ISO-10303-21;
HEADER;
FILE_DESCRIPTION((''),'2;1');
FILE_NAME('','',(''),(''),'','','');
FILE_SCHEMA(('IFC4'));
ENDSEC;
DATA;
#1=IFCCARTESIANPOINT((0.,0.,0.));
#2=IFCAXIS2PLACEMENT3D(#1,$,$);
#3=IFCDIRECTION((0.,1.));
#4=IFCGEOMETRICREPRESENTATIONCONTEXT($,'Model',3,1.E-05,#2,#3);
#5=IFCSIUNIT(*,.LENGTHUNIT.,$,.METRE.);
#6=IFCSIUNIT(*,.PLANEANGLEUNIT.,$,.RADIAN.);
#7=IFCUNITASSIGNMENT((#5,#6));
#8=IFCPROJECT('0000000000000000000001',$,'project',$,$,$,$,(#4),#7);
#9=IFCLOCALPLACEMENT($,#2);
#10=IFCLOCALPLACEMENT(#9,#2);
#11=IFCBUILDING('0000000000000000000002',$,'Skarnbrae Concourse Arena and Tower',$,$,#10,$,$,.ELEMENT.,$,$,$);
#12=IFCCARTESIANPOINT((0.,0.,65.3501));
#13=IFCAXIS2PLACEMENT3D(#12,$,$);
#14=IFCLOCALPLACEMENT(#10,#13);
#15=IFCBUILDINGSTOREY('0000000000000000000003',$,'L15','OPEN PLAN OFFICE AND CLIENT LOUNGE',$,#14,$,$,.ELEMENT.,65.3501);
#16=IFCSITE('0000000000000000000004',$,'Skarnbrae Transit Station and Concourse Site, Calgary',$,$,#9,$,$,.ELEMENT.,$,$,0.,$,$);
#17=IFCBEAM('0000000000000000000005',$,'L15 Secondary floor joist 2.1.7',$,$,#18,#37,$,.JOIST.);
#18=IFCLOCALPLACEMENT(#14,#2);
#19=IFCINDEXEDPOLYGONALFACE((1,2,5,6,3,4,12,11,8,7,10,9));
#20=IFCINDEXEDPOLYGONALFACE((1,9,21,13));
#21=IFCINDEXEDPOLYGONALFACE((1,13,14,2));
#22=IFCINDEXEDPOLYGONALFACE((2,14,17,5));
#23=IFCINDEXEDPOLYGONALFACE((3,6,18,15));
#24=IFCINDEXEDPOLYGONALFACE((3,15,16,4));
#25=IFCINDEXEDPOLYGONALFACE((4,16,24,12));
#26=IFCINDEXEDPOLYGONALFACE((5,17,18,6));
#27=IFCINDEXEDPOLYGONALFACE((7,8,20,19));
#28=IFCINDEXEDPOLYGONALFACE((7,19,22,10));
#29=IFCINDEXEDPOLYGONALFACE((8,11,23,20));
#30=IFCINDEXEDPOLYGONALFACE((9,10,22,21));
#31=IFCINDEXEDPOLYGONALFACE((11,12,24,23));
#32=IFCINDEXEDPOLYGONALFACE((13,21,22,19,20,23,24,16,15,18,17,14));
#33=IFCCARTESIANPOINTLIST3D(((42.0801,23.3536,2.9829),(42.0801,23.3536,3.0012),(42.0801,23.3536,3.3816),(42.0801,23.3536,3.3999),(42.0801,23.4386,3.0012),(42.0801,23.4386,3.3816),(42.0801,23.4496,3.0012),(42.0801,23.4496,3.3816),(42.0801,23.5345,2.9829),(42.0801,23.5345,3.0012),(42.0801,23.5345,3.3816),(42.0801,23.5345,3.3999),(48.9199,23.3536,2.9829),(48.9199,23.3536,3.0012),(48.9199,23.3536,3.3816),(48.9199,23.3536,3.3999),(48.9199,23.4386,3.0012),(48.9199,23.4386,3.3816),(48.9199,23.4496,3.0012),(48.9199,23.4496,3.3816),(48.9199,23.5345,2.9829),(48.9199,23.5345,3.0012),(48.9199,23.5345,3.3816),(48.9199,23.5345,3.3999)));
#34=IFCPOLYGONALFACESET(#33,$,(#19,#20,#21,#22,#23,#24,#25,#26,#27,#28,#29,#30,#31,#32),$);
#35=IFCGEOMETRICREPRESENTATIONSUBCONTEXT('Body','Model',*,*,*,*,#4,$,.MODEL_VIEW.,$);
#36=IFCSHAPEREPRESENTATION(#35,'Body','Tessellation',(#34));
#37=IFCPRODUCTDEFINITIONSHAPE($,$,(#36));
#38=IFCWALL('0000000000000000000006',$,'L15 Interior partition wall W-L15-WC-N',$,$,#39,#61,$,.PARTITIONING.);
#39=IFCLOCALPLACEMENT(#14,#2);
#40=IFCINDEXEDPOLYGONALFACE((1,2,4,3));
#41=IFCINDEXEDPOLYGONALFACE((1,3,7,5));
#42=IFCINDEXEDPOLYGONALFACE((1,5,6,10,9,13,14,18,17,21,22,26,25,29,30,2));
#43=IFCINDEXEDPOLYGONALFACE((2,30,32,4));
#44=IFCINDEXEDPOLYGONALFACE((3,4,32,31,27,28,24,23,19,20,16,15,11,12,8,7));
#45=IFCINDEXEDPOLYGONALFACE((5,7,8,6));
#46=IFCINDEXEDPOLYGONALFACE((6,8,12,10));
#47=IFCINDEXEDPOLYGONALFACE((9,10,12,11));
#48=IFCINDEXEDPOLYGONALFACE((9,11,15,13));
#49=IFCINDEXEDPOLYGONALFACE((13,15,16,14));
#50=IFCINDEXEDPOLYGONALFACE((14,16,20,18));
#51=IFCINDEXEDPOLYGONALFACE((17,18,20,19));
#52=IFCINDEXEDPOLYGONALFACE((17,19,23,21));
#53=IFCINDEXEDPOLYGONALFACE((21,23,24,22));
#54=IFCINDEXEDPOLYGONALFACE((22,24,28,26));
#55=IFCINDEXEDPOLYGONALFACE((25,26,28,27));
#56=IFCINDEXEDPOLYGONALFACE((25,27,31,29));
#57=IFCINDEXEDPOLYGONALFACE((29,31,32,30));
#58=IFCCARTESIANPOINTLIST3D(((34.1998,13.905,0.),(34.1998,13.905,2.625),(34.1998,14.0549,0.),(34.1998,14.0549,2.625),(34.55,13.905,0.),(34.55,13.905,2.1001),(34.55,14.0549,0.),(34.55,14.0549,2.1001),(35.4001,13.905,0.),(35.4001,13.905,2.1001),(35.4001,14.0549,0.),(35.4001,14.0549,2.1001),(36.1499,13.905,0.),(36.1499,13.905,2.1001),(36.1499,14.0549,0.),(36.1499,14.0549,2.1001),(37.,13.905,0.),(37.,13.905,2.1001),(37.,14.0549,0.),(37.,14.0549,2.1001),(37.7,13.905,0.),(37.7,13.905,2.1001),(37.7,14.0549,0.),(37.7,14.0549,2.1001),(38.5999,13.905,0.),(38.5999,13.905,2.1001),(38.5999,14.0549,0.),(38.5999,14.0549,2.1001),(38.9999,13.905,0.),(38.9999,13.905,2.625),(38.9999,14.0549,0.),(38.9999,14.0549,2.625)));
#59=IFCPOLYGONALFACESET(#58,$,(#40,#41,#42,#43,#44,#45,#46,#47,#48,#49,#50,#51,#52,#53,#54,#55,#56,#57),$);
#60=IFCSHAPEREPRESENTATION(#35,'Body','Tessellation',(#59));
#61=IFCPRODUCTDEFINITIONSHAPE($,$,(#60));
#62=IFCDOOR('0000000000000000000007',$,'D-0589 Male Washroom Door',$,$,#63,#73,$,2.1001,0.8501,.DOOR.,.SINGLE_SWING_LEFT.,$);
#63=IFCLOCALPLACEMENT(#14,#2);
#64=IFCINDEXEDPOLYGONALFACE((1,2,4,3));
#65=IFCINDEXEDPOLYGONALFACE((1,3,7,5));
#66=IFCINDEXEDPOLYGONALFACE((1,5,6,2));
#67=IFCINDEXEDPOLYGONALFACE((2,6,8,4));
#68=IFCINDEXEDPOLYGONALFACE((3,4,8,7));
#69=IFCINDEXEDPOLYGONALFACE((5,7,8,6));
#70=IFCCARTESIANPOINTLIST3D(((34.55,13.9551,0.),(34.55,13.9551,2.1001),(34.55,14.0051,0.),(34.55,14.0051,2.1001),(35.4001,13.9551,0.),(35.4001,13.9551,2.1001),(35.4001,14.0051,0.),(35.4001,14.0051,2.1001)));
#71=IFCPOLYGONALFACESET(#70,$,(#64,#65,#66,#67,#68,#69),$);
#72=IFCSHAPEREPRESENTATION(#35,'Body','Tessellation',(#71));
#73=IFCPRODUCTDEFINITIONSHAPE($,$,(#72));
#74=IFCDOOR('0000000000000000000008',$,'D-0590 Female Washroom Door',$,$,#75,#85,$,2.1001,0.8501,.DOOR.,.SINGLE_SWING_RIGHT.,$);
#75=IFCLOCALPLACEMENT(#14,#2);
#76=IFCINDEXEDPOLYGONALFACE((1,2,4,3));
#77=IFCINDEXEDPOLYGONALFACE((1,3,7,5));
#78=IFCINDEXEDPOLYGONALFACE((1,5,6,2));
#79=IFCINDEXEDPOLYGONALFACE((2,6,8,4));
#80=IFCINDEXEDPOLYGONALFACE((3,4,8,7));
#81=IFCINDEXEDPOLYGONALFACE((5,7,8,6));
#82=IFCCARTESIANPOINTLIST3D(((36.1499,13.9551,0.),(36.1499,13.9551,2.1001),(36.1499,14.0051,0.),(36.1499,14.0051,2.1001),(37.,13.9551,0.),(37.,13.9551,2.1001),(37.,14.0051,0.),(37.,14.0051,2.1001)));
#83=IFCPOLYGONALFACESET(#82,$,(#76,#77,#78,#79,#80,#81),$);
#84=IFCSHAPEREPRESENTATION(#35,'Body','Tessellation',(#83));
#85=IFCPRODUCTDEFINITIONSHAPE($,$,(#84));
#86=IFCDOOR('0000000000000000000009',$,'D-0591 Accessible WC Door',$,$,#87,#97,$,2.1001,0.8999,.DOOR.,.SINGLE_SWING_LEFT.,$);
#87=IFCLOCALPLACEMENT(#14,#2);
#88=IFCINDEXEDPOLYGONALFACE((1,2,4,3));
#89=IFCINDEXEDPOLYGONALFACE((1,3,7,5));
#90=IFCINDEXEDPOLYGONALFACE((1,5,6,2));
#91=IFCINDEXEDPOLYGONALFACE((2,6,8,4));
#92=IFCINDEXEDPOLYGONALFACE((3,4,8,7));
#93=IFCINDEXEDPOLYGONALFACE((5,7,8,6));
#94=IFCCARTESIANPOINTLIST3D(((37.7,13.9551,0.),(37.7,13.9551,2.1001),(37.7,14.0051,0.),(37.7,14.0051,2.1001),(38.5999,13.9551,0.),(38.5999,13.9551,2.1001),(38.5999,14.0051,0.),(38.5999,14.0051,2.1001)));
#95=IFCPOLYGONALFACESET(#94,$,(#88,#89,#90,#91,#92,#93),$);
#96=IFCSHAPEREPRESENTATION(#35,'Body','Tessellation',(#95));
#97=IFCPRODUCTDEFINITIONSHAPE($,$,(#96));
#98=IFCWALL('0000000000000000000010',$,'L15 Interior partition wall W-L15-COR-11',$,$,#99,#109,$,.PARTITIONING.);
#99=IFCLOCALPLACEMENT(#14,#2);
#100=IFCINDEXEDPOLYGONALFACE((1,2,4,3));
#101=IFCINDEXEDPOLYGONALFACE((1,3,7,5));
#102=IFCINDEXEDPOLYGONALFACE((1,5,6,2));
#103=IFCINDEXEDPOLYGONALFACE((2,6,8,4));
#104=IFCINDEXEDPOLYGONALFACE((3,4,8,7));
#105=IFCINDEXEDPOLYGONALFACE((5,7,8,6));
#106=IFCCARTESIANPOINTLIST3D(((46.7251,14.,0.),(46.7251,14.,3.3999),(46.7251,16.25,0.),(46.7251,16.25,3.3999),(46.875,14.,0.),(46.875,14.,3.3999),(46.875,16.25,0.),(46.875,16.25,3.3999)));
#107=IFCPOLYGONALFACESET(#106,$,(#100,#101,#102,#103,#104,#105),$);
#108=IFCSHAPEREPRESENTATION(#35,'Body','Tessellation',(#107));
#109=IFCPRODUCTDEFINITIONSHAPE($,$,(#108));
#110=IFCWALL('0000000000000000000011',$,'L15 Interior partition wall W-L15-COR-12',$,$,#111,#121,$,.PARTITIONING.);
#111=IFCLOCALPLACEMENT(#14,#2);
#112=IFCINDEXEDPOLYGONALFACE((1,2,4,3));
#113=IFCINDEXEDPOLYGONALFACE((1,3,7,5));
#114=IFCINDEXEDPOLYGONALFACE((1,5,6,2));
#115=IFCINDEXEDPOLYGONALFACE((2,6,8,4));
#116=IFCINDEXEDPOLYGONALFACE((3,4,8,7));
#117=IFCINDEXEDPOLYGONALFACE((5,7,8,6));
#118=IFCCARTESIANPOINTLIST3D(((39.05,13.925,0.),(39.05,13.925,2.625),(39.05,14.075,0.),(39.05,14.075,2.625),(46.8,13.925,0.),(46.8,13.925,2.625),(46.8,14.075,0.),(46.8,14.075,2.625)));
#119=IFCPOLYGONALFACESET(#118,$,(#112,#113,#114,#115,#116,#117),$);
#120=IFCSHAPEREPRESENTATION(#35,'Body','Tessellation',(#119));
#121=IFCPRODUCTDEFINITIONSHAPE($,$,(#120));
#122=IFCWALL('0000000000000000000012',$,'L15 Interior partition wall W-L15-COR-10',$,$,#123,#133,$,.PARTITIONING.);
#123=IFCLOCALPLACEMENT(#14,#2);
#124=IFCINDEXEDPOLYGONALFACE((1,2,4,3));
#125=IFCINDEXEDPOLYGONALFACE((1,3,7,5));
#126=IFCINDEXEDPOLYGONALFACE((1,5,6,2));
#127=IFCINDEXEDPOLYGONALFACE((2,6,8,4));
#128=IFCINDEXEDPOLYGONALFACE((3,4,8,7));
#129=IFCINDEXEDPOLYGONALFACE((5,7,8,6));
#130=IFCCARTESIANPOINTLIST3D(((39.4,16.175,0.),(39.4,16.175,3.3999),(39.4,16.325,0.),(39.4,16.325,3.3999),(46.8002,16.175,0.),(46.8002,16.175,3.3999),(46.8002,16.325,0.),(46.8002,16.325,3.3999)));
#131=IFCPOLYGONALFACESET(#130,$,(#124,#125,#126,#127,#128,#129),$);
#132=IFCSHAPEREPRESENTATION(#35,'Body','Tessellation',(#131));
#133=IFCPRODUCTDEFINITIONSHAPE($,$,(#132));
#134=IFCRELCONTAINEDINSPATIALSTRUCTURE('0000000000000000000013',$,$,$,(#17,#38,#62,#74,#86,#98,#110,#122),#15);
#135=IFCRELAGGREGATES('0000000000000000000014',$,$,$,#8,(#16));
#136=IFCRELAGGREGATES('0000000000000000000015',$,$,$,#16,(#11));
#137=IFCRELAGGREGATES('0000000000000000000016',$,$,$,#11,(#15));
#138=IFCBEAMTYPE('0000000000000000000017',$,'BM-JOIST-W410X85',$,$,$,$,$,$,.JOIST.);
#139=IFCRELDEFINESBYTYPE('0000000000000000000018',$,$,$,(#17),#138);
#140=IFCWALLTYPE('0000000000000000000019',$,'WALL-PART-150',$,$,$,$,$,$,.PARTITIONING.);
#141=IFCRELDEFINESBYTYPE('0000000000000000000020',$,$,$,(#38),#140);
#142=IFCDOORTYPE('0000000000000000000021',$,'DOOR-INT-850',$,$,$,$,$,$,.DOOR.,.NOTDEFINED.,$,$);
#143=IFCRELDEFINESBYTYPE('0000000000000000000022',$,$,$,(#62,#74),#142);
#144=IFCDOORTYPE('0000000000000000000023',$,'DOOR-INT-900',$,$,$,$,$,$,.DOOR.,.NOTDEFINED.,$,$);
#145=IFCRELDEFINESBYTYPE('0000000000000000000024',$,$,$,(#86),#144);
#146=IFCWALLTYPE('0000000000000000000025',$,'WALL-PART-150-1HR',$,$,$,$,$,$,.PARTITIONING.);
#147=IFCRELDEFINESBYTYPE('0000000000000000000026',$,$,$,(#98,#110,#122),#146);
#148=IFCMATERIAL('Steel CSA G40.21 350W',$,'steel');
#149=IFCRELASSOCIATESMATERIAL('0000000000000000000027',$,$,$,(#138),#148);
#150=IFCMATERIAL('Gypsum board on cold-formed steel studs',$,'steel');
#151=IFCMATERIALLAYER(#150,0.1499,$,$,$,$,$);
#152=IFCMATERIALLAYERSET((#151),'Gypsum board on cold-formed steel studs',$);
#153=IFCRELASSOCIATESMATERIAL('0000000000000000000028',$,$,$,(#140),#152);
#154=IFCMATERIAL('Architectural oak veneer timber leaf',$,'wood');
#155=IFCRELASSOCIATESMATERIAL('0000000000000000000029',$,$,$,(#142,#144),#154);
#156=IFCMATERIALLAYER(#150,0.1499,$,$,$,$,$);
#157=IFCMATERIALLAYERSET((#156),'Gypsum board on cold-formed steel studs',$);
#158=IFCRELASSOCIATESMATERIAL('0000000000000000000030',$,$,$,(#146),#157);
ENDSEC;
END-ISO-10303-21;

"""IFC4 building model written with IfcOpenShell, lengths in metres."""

from ifc_helpers import new_model, si_unit, direction, frame, frame_2d, origin, origin_2d, place, context, subcontext, project, spatial, rectangle, i_section, extrude, source, transform, mapped, material, layer, layer_set, material_profile, profile_set, type_object, element, fill, save


model = new_model("IFC4")

# Units and contexts
model_context = context("Model", 3, precision=1e-05, world=origin(), true_north=direction((0.0, 1.0)))
body_context = subcontext(model_context, "Body", "Model", "MODEL_VIEW")
ifc_project = project(units=[si_unit("LENGTHUNIT", "METRE"), si_unit("PLANEANGLEUNIT", "RADIAN")], contexts=[model_context])

# Site, building, storey
site_placement = place(None, origin())
site = spatial("IfcSite", under=ifc_project, at=site_placement, Name="Skarnbrae Transit Station and Concourse Site, Calgary", CompositionType="ELEMENT", RefElevation=0.0)
building_placement = place(site_placement, origin())
building = spatial("IfcBuilding", under=site, at=building_placement, Name="Skarnbrae Concourse Arena and Tower", CompositionType="ELEMENT")
storey_placement = place(building_placement, frame((0.0, 0.0, 65.3501)))
storey = spatial("IfcBuildingStorey", under=building, at=storey_placement, Name="L15", Description="OPEN PLAN OFFICE AND CLIENT LOUNGE", CompositionType="ELEMENT", Elevation=65.3501)

# Shared definitions
ifc_material_1 = material(Name="Steel CSA G40.21 350W", Category="steel")

# Beam
ifc_material_profile_1 = material_profile(ifc_material_1, i_section(OverallWidth=0.1809, OverallDepth=0.417, WebThickness=0.011, FlangeThickness=0.0183, at=origin_2d()), Name="W410X85")
ifc_profile_set_1 = profile_set([ifc_material_profile_1], Name="Steel CSA G40.21 350W")
beam_type_1 = type_object("IfcBeamType", Name="BM-JOIST-W410X85", PredefinedType="JOIST", material=ifc_profile_set_1)
shared_shape_1 = source(origin(), body_context, "Body", "SweptSolid", [
    extrude(i_section(OverallWidth=0.1809, OverallDepth=0.417, WebThickness=0.011, FlangeThickness=0.0183, at=origin_2d()), origin(), (0.0, 0.0, 1.0), 6.8398),
])
for number, where, z_axis, x_axis, name in (
    (1, (42.0801, 23.4441, 3.1914), (1.0, 0.0, 0.0), (0.0, 1.0, 0.0), "L15 Secondary floor joist 2.1.7"),
):
    element("IfcBeam", number, at=place(storey_placement, frame(where, z_axis=z_axis, x_axis=x_axis)), inside=storey, type_object=beam_type_1, Name=name, PredefinedType="JOIST", context=body_context, shape_type="MappedRepresentation", body=[
        mapped(shared_shape_1, transform((0.0, 0.0, 0.0))),
    ])

# Wall, openings, doors
ifc_material_2 = material(Name="Gypsum board on cold-formed steel studs", Category="steel")
ifc_layer_1 = layer(ifc_material_2, 0.1499)
ifc_layer_set_1 = layer_set([ifc_layer_1], Name="Gypsum board on cold-formed steel studs")
wall_type_1 = type_object("IfcWallType", Name="WALL-PART-150", PredefinedType="PARTITIONING", material=ifc_layer_set_1)
shared_shape_2 = source(origin(), body_context, "Body", "SweptSolid", [
    extrude(rectangle(XDim=4.8, YDim=0.1499, at=frame_2d((2.3999, 0.0))), origin(), (0.0, 0.0, 1.0), 2.625),
])
wall_1_placement = place(storey_placement, frame((34.2, 13.98, 0.0), z_axis=(0.0, 0.0, 1.0), x_axis=(1.0, 0.0, 0.0)))
wall_1 = element("IfcWall", 2, at=wall_1_placement, inside=storey, type_object=wall_type_1, Name="L15 Interior partition wall W-L15-WC-N", PredefinedType="PARTITIONING", context=body_context, shape_type="MappedRepresentation", body=[
    mapped(shared_shape_2, transform((0.0, 0.0, 0.0))),
])
opening_1_placement = place(wall_1_placement, frame((0.3501, 0.0, 0.0)))
opening_1 = element("IfcOpeningElement", 3, at=opening_1_placement, cuts=wall_1, PredefinedType="OPENING", context=body_context, shape_type="SweptSolid", body=[
    extrude(rectangle(XDim=0.8501, YDim=2.1001, at=frame_2d((0.425, 1.05))), frame((0.0, 0.085, 0.0), z_axis=(0.0, -1.0, 0.0), x_axis=(1.0, 0.0, 0.0)), (0.0, 0.0, 1.0), 0.1699),
])
opening_2_placement = place(wall_1_placement, frame((1.95, 0.0, 0.0)))
opening_2 = element("IfcOpeningElement", 4, at=opening_2_placement, cuts=wall_1, PredefinedType="OPENING", context=body_context, shape_type="SweptSolid", body=[
    extrude(rectangle(XDim=0.8501, YDim=2.1001, at=frame_2d((0.425, 1.05))), frame((0.0, 0.085, 0.0), z_axis=(0.0, -1.0, 0.0), x_axis=(1.0, 0.0, 0.0)), (0.0, 0.0, 1.0), 0.1699),
])
opening_3_placement = place(wall_1_placement, frame((3.5, 0.0, 0.0)))
opening_3 = element("IfcOpeningElement", 5, at=opening_3_placement, cuts=wall_1, PredefinedType="OPENING", context=body_context, shape_type="SweptSolid", body=[
    extrude(rectangle(XDim=0.8999, YDim=2.1001, at=frame_2d((0.45, 1.05))), frame((0.0, 0.085, 0.0), z_axis=(0.0, -1.0, 0.0), x_axis=(1.0, 0.0, 0.0)), (0.0, 0.0, 1.0), 0.1699),
])
ifc_material_3 = material(Name="Architectural oak veneer timber leaf", Category="wood")
door_type_1 = type_object("IfcDoorType", Name="DOOR-INT-850", OperationType="NOTDEFINED", PredefinedType="DOOR", material=ifc_material_3)
shared_shape_3 = source(origin(), body_context, "Body", "SweptSolid", [
    extrude(rectangle(XDim=0.8501, YDim=2.1001, at=frame_2d((0.425, 1.05))), frame((0.0, 0.0249, 0.0), z_axis=(0.0, -1.0, 0.0), x_axis=(1.0, 0.0, 0.0)), (0.0, 0.0, 1.0), 0.05),
])
door_1_placement = place(opening_1_placement, frame((0.8501, 0.0, 0.0), z_axis=(0.0, 0.0, 1.0), x_axis=(-1.0, 0.0, 0.0)))
door_1 = element("IfcDoor", 6, at=door_1_placement, inside=storey, type_object=door_type_1, Name="D-0589 Male Washroom Door", OperationType="SINGLE_SWING_LEFT", OverallHeight=2.1001, OverallWidth=0.8501, PredefinedType="DOOR", context=body_context, shape_type="MappedRepresentation", body=[
    mapped(shared_shape_3, transform((0.0, 0.0, 0.0))),
])
fill(opening_1, door_1)
door_2_placement = place(opening_2_placement, frame((0.8501, 0.0, 0.0), z_axis=(0.0, 0.0, 1.0), x_axis=(-1.0, 0.0, 0.0)))
door_2 = element("IfcDoor", 7, at=door_2_placement, inside=storey, type_object=door_type_1, Name="D-0590 Female Washroom Door", OperationType="SINGLE_SWING_RIGHT", OverallHeight=2.1001, OverallWidth=0.8501, PredefinedType="DOOR", context=body_context, shape_type="MappedRepresentation", body=[
    mapped(shared_shape_3, transform((0.0, 0.0, 0.0))),
])
fill(opening_2, door_2)
door_type_2 = type_object("IfcDoorType", Name="DOOR-INT-900", OperationType="NOTDEFINED", PredefinedType="DOOR", material=ifc_material_3)
shared_shape_4 = source(origin(), body_context, "Body", "SweptSolid", [
    extrude(rectangle(XDim=0.8999, YDim=2.1001, at=frame_2d((0.45, 1.05))), frame((0.0, 0.0249, 0.0), z_axis=(0.0, -1.0, 0.0), x_axis=(1.0, 0.0, 0.0)), (0.0, 0.0, 1.0), 0.05),
])
door_3_placement = place(opening_3_placement, frame((0.8999, 0.0, 0.0), z_axis=(0.0, 0.0, 1.0), x_axis=(-1.0, 0.0, 0.0)))
door_3 = element("IfcDoor", 8, at=door_3_placement, inside=storey, type_object=door_type_2, Name="D-0591 Accessible WC Door", OperationType="SINGLE_SWING_LEFT", OverallHeight=2.1001, OverallWidth=0.8999, PredefinedType="DOOR", context=body_context, shape_type="MappedRepresentation", body=[
    mapped(shared_shape_4, transform((0.0, 0.0, 0.0))),
])
fill(opening_3, door_3)

# Walls
ifc_layer_2 = layer(ifc_material_2, 0.1499)
ifc_layer_set_2 = layer_set([ifc_layer_2], Name="Gypsum board on cold-formed steel studs")
wall_type_2 = type_object("IfcWallType", Name="WALL-PART-150-1HR", PredefinedType="PARTITIONING", material=ifc_layer_set_2)
shared_shape_5 = source(origin(), body_context, "Body", "SweptSolid", [
    extrude(rectangle(XDim=2.25, YDim=0.1499, at=frame_2d((1.125, 0.0))), origin(), (0.0, 0.0, 1.0), 3.3999),
])
wall_2_placement = place(storey_placement, frame((46.8, 16.25, 0.0), z_axis=(0.0, 0.0, 1.0), x_axis=(0.0, -1.0, 0.0)))
element("IfcWall", 9, at=wall_2_placement, inside=storey, type_object=wall_type_2, Name="L15 Interior partition wall W-L15-COR-11", PredefinedType="PARTITIONING", context=body_context, shape_type="MappedRepresentation", body=[
    mapped(shared_shape_5, transform((0.0, 0.0, 0.0))),
])
shared_shape_6 = source(origin(), body_context, "Body", "SweptSolid", [
    extrude(rectangle(XDim=7.75, YDim=0.1499, at=frame_2d((3.875, 0.0))), origin(), (0.0, 0.0, 1.0), 2.625),
])
wall_3_placement = place(storey_placement, frame((46.8, 14.0, 0.0), z_axis=(0.0, 0.0, 1.0), x_axis=(-1.0, 0.0, 0.0)))
element("IfcWall", 10, at=wall_3_placement, inside=storey, type_object=wall_type_2, Name="L15 Interior partition wall W-L15-COR-12", PredefinedType="PARTITIONING", context=body_context, shape_type="MappedRepresentation", body=[
    mapped(shared_shape_6, transform((0.0, 0.0, 0.0))),
])
shared_shape_7 = source(origin(), body_context, "Body", "SweptSolid", [
    extrude(rectangle(XDim=7.4001, YDim=0.1499, at=frame_2d((3.7002, 0.0))), origin(), (0.0, 0.0, 1.0), 3.3999),
])
wall_4_placement = place(storey_placement, frame((39.3999, 16.25, 0.0), z_axis=(0.0, 0.0, 1.0), x_axis=(1.0, 0.0, 0.0)))
element("IfcWall", 11, at=wall_4_placement, inside=storey, type_object=wall_type_2, Name="L15 Interior partition wall W-L15-COR-10", PredefinedType="PARTITIONING", context=body_context, shape_type="MappedRepresentation", body=[
    mapped(shared_shape_7, transform((0.0, 0.0, 0.0))),
])

save(model, "model.ifc")
